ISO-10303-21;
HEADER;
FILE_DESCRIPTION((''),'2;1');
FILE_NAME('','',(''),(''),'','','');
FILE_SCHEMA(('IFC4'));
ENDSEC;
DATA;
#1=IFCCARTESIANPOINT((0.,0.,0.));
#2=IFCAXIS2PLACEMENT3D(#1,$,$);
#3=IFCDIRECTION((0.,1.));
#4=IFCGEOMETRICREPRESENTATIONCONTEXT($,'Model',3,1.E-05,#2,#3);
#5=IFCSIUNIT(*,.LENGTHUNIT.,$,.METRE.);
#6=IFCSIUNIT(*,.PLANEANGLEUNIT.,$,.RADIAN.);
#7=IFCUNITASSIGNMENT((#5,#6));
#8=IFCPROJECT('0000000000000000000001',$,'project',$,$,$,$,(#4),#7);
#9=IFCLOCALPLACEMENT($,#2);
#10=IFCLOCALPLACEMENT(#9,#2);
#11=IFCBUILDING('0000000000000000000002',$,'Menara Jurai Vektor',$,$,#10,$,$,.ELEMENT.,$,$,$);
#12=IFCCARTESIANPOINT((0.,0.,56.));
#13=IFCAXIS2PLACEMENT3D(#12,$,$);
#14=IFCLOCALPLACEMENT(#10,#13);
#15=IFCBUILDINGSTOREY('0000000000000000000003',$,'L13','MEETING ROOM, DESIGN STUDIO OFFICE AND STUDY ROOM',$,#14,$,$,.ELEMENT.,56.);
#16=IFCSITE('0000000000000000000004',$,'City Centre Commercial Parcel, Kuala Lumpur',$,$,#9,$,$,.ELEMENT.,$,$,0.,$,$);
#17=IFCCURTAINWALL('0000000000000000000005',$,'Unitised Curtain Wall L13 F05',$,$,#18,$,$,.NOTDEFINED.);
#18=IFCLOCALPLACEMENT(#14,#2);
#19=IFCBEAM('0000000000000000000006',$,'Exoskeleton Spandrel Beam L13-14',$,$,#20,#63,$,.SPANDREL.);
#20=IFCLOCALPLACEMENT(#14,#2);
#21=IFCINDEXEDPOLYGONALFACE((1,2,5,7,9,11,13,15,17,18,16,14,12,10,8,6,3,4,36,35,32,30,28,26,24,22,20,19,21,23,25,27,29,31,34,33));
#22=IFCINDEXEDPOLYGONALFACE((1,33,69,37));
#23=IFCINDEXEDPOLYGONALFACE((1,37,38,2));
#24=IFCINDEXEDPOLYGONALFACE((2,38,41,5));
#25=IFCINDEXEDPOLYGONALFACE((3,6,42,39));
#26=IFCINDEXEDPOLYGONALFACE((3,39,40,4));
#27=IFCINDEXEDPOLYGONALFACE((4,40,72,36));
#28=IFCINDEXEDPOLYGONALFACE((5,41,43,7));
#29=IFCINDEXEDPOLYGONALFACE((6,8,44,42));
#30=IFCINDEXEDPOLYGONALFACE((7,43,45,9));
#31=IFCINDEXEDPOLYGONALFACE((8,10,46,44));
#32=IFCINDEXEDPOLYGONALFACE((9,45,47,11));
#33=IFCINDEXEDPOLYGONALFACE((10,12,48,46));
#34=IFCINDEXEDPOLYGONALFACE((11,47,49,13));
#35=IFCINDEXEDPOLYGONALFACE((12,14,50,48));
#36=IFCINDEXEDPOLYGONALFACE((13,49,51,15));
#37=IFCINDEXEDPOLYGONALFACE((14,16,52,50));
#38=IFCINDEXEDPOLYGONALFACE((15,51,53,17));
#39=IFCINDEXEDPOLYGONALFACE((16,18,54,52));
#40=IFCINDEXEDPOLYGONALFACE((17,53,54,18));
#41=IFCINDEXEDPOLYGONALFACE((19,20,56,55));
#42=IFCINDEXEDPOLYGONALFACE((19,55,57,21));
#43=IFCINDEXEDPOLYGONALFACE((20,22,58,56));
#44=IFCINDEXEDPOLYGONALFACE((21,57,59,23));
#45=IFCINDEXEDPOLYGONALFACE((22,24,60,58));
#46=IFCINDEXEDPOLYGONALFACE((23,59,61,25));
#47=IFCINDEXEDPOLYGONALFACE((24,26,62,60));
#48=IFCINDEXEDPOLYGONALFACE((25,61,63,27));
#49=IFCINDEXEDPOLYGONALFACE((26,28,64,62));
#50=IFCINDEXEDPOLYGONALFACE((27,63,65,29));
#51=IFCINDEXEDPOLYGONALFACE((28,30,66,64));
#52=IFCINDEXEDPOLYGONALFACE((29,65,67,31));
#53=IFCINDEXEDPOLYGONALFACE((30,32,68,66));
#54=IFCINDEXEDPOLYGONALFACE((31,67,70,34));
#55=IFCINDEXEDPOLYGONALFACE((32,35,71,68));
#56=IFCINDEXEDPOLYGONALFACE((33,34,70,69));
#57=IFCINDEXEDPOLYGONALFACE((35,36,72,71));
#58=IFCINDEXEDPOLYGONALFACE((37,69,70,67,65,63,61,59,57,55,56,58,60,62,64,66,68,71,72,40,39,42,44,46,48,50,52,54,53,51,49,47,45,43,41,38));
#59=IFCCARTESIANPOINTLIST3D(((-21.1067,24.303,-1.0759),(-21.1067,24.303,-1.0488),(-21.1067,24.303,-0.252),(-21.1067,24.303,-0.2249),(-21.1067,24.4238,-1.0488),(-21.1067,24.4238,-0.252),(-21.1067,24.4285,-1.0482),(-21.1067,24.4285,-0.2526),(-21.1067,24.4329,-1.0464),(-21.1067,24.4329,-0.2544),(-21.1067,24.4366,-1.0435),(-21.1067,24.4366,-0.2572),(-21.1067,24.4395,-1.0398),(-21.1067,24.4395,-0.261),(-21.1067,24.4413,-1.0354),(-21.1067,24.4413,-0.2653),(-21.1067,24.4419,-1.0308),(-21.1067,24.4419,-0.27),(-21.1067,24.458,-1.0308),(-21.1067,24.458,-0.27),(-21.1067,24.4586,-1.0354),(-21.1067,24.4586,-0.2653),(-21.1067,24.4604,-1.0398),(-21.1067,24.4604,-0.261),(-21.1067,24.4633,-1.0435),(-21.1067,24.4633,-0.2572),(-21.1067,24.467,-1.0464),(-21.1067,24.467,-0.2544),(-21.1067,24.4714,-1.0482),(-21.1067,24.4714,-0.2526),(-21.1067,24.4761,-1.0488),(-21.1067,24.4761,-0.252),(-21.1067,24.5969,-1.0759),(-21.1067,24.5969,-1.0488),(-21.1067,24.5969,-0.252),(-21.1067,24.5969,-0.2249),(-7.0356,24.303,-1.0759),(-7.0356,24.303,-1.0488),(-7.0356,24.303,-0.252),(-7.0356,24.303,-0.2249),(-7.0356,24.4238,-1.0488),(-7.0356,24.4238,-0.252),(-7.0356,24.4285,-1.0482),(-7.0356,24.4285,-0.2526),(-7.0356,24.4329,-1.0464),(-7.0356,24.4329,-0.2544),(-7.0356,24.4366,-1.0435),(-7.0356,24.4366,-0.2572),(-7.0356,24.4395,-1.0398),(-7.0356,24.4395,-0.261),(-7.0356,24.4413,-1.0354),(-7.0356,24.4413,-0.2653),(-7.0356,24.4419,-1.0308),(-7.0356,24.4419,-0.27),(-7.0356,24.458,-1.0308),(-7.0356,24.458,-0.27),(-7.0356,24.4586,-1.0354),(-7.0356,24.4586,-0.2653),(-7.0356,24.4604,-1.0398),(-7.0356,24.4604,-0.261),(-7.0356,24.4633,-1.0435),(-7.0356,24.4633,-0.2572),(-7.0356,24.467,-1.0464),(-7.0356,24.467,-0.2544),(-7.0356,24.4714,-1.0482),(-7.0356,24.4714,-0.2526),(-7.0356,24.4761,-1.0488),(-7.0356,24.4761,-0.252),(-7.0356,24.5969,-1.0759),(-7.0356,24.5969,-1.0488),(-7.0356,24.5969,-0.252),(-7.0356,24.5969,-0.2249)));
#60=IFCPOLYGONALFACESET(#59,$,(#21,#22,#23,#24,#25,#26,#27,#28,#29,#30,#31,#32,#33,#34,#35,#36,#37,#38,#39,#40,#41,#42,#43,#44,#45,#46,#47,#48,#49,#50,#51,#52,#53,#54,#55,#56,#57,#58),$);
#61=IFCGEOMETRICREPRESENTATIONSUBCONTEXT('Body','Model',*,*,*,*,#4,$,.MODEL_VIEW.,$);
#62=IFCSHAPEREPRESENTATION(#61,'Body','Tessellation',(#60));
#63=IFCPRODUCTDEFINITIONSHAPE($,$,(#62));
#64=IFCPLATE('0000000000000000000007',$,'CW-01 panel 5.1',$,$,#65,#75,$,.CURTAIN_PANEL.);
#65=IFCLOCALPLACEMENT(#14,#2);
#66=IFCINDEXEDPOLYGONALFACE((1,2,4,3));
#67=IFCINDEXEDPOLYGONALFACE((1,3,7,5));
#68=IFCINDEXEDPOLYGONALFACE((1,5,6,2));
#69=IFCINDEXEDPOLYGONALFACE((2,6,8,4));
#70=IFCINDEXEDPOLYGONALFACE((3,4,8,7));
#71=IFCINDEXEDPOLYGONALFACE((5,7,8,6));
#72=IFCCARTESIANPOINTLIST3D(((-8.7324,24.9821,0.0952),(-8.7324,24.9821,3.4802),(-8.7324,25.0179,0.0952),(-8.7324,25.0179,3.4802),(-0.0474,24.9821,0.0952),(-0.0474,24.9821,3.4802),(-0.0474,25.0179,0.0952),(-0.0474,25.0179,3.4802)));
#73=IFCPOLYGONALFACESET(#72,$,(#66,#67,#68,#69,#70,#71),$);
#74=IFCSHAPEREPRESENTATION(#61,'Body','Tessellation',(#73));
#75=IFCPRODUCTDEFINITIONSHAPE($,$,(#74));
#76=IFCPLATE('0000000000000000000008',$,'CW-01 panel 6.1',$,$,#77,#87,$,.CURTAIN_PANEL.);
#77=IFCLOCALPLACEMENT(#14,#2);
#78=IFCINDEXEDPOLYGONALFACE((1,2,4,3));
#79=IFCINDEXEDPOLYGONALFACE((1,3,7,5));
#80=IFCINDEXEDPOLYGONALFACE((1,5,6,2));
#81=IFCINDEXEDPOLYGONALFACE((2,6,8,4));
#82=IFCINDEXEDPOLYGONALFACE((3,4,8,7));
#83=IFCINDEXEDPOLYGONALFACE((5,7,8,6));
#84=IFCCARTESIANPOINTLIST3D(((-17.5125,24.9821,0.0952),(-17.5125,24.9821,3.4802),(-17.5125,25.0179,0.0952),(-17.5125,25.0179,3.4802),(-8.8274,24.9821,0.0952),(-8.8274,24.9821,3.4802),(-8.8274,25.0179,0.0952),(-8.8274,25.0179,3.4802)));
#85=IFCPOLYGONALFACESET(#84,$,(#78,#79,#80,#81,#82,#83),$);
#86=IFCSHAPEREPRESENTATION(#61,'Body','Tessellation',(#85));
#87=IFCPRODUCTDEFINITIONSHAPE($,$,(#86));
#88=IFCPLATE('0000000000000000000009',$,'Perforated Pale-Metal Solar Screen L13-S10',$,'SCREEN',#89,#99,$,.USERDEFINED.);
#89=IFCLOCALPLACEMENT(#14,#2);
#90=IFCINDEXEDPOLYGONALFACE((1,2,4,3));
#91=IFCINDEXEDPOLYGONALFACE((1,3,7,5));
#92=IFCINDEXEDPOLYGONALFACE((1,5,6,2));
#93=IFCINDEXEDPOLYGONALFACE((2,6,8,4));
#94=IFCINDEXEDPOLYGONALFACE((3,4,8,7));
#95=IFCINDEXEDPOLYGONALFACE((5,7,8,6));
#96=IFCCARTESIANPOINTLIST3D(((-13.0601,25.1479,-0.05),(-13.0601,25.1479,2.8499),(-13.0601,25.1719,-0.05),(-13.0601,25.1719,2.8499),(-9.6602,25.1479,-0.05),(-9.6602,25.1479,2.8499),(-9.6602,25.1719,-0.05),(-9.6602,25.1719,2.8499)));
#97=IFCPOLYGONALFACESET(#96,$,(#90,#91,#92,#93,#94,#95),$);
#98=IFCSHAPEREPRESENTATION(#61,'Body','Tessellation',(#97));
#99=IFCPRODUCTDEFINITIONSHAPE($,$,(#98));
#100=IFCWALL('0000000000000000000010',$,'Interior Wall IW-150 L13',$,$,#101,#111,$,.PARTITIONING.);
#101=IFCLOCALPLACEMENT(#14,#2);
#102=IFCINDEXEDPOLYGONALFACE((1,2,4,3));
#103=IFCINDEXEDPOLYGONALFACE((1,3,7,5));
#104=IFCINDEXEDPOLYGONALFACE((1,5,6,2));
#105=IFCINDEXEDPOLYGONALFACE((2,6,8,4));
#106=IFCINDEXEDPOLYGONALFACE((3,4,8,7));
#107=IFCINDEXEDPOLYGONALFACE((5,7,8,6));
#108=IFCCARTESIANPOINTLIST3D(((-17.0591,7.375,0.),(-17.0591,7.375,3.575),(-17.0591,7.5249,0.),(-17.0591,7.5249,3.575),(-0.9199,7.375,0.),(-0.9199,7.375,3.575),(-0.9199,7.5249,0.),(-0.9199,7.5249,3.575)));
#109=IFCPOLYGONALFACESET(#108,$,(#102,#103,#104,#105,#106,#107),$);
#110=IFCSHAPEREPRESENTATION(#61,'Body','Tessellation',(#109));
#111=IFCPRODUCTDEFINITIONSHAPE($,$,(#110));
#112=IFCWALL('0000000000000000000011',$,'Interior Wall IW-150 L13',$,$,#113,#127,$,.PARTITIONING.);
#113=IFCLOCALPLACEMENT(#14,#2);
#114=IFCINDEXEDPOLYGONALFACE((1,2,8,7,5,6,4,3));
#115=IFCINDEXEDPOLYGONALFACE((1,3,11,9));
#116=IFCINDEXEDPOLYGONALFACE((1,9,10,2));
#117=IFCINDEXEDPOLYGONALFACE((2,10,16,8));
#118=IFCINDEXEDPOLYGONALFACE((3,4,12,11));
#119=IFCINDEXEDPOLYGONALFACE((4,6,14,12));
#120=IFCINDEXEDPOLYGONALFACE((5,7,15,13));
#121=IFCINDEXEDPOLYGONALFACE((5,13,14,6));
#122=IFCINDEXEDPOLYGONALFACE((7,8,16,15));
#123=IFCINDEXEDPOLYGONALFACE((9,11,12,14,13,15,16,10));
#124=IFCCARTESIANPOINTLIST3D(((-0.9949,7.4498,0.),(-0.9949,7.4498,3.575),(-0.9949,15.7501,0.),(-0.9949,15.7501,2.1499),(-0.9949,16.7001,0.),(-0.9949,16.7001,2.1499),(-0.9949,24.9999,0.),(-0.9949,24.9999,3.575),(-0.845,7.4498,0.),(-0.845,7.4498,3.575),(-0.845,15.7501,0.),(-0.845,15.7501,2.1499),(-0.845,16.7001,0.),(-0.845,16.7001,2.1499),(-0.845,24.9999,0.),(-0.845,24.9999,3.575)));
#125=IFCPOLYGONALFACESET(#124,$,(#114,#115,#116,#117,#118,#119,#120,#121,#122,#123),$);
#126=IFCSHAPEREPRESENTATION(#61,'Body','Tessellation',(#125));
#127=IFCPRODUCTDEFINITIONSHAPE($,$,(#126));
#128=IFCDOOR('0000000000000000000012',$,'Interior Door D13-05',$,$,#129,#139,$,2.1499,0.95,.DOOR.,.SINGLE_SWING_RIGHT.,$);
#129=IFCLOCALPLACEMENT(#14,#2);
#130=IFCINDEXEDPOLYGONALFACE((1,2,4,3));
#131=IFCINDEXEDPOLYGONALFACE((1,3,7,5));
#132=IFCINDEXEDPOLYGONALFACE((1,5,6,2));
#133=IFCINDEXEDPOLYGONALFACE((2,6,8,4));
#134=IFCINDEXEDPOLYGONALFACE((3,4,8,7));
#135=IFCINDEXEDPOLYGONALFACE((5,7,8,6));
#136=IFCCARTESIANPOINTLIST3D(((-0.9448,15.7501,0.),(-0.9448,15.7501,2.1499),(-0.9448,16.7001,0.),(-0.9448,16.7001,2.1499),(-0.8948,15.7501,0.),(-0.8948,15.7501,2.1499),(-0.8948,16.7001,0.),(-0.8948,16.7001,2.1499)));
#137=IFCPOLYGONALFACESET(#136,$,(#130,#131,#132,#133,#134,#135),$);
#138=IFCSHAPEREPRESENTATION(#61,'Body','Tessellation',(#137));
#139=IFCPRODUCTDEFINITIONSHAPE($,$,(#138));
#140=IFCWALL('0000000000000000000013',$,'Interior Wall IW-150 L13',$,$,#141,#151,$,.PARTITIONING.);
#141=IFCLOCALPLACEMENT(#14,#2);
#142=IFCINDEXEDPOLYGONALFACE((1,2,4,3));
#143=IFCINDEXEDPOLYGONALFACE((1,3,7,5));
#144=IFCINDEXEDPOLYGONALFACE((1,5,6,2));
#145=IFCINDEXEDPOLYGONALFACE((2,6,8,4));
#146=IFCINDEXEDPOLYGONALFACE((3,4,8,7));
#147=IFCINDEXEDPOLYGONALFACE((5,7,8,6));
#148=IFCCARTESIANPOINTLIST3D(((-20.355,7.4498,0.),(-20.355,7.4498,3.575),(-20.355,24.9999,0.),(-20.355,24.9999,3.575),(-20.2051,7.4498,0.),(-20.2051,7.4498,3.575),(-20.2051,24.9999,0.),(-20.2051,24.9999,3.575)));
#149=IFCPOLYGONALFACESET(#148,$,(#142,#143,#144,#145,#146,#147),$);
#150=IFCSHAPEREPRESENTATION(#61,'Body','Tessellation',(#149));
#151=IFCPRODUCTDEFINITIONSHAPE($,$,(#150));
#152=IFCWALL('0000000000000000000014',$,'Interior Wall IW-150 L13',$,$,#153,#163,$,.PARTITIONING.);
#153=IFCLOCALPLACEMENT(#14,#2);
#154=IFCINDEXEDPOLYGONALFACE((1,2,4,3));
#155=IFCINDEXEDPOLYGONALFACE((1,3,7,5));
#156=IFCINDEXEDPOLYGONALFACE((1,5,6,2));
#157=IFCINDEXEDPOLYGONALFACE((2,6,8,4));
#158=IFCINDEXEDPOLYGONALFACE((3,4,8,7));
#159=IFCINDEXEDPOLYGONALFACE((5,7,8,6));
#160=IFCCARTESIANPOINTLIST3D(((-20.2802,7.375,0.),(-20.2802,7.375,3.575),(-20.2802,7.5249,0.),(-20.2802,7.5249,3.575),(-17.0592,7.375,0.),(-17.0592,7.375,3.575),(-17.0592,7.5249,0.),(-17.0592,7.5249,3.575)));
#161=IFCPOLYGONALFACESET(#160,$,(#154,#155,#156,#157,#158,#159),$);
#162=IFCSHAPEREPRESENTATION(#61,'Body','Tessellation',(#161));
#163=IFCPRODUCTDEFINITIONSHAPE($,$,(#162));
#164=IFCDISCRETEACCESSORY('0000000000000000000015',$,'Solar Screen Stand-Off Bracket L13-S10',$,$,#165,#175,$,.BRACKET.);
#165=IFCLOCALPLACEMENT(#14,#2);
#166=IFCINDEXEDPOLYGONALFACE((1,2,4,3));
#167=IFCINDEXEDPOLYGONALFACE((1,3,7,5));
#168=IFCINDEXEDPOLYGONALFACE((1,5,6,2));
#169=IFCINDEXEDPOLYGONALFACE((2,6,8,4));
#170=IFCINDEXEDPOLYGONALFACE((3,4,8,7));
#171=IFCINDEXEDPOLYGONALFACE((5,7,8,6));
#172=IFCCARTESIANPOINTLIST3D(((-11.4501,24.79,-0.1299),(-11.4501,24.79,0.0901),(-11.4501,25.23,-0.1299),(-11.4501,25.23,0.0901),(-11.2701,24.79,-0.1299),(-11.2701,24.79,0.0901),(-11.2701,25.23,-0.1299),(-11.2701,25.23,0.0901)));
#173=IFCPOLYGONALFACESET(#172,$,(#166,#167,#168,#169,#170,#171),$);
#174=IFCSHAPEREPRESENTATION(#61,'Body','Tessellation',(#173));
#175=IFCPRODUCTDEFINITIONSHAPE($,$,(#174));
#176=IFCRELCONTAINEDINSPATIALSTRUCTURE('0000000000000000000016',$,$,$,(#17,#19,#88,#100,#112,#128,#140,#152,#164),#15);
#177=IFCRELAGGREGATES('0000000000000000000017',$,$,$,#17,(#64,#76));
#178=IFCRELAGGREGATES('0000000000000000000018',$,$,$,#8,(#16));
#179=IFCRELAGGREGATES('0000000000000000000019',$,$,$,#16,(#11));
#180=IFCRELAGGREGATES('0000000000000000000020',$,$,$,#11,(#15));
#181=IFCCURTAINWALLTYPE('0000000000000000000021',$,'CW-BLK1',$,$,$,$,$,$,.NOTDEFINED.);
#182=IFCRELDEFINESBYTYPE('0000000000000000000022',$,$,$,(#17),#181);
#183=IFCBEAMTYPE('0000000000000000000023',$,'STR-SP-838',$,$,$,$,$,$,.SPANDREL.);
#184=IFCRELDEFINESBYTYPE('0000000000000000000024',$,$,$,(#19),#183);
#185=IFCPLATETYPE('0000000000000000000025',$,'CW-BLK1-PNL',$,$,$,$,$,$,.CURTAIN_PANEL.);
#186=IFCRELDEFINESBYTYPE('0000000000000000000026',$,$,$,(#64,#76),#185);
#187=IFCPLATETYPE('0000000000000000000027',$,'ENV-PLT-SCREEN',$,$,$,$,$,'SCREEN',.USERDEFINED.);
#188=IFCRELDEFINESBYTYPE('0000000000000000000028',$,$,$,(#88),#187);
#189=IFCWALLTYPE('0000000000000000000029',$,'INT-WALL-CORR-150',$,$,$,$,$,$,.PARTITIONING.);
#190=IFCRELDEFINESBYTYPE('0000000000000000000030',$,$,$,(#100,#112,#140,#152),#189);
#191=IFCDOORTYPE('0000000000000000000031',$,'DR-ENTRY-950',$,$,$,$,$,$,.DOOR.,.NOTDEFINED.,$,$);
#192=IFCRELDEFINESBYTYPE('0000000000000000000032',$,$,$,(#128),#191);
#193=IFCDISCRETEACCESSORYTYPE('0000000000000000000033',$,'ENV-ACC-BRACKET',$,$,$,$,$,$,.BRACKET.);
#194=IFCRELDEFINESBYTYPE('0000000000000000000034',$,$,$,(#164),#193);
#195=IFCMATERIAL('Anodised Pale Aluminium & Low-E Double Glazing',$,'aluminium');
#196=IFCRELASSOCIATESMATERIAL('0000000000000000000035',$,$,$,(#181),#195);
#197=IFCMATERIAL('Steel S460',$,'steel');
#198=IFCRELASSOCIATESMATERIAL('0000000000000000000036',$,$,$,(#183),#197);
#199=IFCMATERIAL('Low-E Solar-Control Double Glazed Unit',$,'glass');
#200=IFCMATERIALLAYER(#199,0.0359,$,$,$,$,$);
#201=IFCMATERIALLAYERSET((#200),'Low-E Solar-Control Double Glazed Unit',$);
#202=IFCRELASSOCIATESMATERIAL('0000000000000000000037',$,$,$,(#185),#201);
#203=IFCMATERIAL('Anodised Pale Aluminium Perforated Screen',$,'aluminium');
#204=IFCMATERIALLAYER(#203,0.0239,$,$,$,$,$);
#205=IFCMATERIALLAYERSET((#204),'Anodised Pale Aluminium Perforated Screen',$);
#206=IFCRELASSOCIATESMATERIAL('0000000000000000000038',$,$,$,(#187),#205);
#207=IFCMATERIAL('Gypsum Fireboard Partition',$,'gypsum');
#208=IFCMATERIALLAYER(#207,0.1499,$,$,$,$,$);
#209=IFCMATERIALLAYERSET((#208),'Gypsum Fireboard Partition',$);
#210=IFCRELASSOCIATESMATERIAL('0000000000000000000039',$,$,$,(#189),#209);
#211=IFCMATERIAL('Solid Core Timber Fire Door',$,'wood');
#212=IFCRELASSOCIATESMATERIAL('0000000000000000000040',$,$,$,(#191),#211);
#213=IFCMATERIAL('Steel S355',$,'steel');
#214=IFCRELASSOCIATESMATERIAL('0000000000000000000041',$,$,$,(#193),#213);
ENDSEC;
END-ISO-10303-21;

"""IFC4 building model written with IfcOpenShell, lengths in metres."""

from ifc_helpers import new_model, si_unit, direction, frame, frame_2d, origin, origin_2d, place, context, subcontext, project, spatial, rectangle, i_section, extrude, material, layer, layer_set, material_profile, profile_set, type_object, element, fill, aggregate, save


model = new_model("IFC4")

# Units and contexts
model_context = context("Model", 3, precision=1e-05, world=origin(), true_north=direction((0.0, 1.0)))
body_context = subcontext(model_context, "Body", "Model", "MODEL_VIEW")
ifc_project = project(units=[si_unit("LENGTHUNIT", "METRE"), si_unit("PLANEANGLEUNIT", "RADIAN")], contexts=[model_context])

# Site, building, storey
site_placement = place(None, origin())
site = spatial("IfcSite", under=ifc_project, at=site_placement, Name="City Centre Commercial Parcel, Kuala Lumpur", CompositionType="ELEMENT", RefElevation=0.0)
building_placement = place(site_placement, origin())
building = spatial("IfcBuilding", under=site, at=building_placement, Name="Menara Jurai Vektor", CompositionType="ELEMENT")
storey_placement = place(building_placement, frame((0.0, 0.0, 56.0)))
storey = spatial("IfcBuildingStorey", under=building, at=storey_placement, Name="L13", Description="MEETING ROOM, DESIGN STUDIO OFFICE AND STUDY ROOM", CompositionType="ELEMENT", Elevation=56.0)

# Shared definitions
ifc_material_1 = material(Name="Steel S460", Category="steel")

# Curtain wall
ifc_material_2 = material(Name="Anodised Pale Aluminium & Low-E Double Glazing", Category="aluminium")
curtain_wall_type = type_object("IfcCurtainWallType", Name="CW-BLK1", PredefinedType="NOTDEFINED", material=ifc_material_2)
curtain_wall_placement = place(storey_placement, origin())
curtain_wall = element("IfcCurtainWall", 1, at=curtain_wall_placement, inside=storey, type_object=curtain_wall_type, Name="Unitised Curtain Wall L13 F05", PredefinedType="NOTDEFINED")

# Beam
ifc_material_3 = material(Name="Steel S355", Category="steel")
ifc_material_profile_1 = material_profile(ifc_material_1, i_section(OverallWidth=0.2939, OverallDepth=0.8511, WebThickness=0.0161, FlangeThickness=0.0271, FilletRadius=0.0181, at=origin_2d()), Name="UKB 838x292x226")
ifc_profile_set_1 = profile_set([ifc_material_profile_1], Name="Steel S460")
beam_type_1 = type_object("IfcBeamType", Name="STR-SP-838", PredefinedType="SPANDREL", material=ifc_profile_set_1)
beam_1_placement = place(storey_placement, frame((-7.0356, 24.45, -0.6504), z_axis=(-1.0, 0.0, 0.0), x_axis=(0.0, -1.0, 0.0)))
element("IfcBeam", 2, at=beam_1_placement, inside=storey, type_object=beam_type_1, Name="Exoskeleton Spandrel Beam L13-14", PredefinedType="SPANDREL", context=body_context, shape_type="SweptSolid", body=[
    extrude(i_section(OverallWidth=0.2939, OverallDepth=0.8511, WebThickness=0.0161, FlangeThickness=0.0271, FilletRadius=0.0181, at=origin_2d()), origin(), (0.0, 0.0, 1.0), 14.071),
])

# Plates
ifc_material_4 = material(Name="Low-E Solar-Control Double Glazed Unit", Category="glass")
ifc_layer_1 = layer(ifc_material_4, 0.0359)
ifc_layer_set_1 = layer_set([ifc_layer_1], Name="Low-E Solar-Control Double Glazed Unit")
plate_type_1 = type_object("IfcPlateType", Name="CW-BLK1-PNL", PredefinedType="CURTAIN_PANEL", material=ifc_layer_set_1)
plate_1_placement = place(storey_placement, frame((-4.3899, 25.0, 0.0952), z_axis=(0.0, 0.0, 1.0), x_axis=(-1.0, 0.0, 0.0)))
plate_1 = element("IfcPlate", 3, at=plate_1_placement, type_object=plate_type_1, Name="CW-01 panel 5.1", PredefinedType="CURTAIN_PANEL", context=body_context, shape_type="SweptSolid", body=[
    extrude(rectangle(XDim=8.6851, YDim=0.0359, at=origin_2d()), origin(), (0.0, 0.0, 1.0), 3.385),
])
plate_2_placement = place(storey_placement, frame((-13.1699, 25.0, 0.0952), z_axis=(0.0, 0.0, 1.0), x_axis=(-1.0, 0.0, 0.0)))
plate_2 = element("IfcPlate", 4, at=plate_2_placement, type_object=plate_type_1, Name="CW-01 panel 6.1", PredefinedType="CURTAIN_PANEL", context=body_context, shape_type="SweptSolid", body=[
    extrude(rectangle(XDim=8.6851, YDim=0.0359, at=origin_2d()), origin(), (0.0, 0.0, 1.0), 3.385),
])
aggregate(curtain_wall, [plate_1, plate_2])
ifc_material_5 = material(Name="Anodised Pale Aluminium Perforated Screen", Category="aluminium")
ifc_layer_2 = layer(ifc_material_5, 0.0239)
ifc_layer_set_2 = layer_set([ifc_layer_2], Name="Anodised Pale Aluminium Perforated Screen")
plate_type_2 = type_object("IfcPlateType", Name="ENV-PLT-SCREEN", ElementType="SCREEN", PredefinedType="USERDEFINED", material=ifc_layer_set_2)
plate_3_placement = place(storey_placement, frame((-11.3601, 25.1599, -0.05), z_axis=(0.0, 0.0, 1.0), x_axis=(-1.0, 0.0, 0.0)))
element("IfcPlate", 5, at=plate_3_placement, inside=storey, type_object=plate_type_2, Name="Perforated Pale-Metal Solar Screen L13-S10", ObjectType="SCREEN", PredefinedType="USERDEFINED", context=body_context, shape_type="SweptSolid", body=[
    extrude(rectangle(XDim=3.3999, YDim=0.0239, at=origin_2d()), origin(), (0.0, 0.0, 1.0), 2.8999),
])

# Wall
ifc_material_6 = material(Name="Gypsum Fireboard Partition", Category="gypsum")
ifc_layer_3 = layer(ifc_material_6, 0.1499)
ifc_layer_set_3 = layer_set([ifc_layer_3], Name="Gypsum Fireboard Partition")
wall_type = type_object("IfcWallType", Name="INT-WALL-CORR-150", PredefinedType="PARTITIONING", material=ifc_layer_set_3)
wall_1_placement = place(storey_placement, frame((-17.0591, 7.45, 0.0), z_axis=(0.0, 0.0, 1.0), x_axis=(1.0, 0.0, 0.0)))
element("IfcWall", 6, at=wall_1_placement, inside=storey, type_object=wall_type, Name="Interior Wall IW-150 L13", PredefinedType="PARTITIONING", context=body_context, shape_type="SweptSolid", body=[
    extrude(rectangle(XDim=16.1392, YDim=0.1499, at=frame_2d((8.0696, 0.0))), origin(), (0.0, 0.0, 1.0), 3.575),
])

# Wall, opening, door
wall_2_placement = place(storey_placement, frame((-0.9199, 7.45, 0.0), z_axis=(0.0, 0.0, 1.0), x_axis=(0.0, 1.0, 0.0)))
wall_2 = element("IfcWall", 7, at=wall_2_placement, inside=storey, type_object=wall_type, Name="Interior Wall IW-150 L13", PredefinedType="PARTITIONING", context=body_context, shape_type="SweptSolid", body=[
    extrude(rectangle(XDim=17.55, YDim=0.1499, at=frame_2d((8.7749, 0.0))), origin(), (0.0, 0.0, 1.0), 3.575),
])
opening_placement = place(wall_2_placement, frame((8.3, 0.0, 0.0)))
opening = element("IfcOpeningElement", 8, at=opening_placement, cuts=wall_2, PredefinedType="OPENING", context=body_context, shape_type="SweptSolid", body=[
    extrude(rectangle(XDim=0.95, YDim=2.1499, at=frame_2d((0.4751, 1.075))), frame((0.0, 0.085, 0.0), z_axis=(0.0, -1.0, 0.0), x_axis=(1.0, 0.0, 0.0)), (0.0, 0.0, 1.0), 0.1699),
])
ifc_material_7 = material(Name="Solid Core Timber Fire Door", Category="wood")
door_type = type_object("IfcDoorType", Name="DR-ENTRY-950", OperationType="NOTDEFINED", PredefinedType="DOOR", material=ifc_material_7)
door_placement = place(opening_placement, origin())
door = element("IfcDoor", 9, at=door_placement, inside=storey, type_object=door_type, Name="Interior Door D13-05", OperationType="SINGLE_SWING_RIGHT", OverallHeight=2.1499, OverallWidth=0.95, PredefinedType="DOOR", context=body_context, shape_type="SweptSolid", body=[
    extrude(rectangle(XDim=0.95, YDim=2.1499, at=frame_2d((0.4751, 1.075))), frame((0.0, 0.0249, 0.0), z_axis=(0.0, -1.0, 0.0), x_axis=(1.0, 0.0, 0.0)), (0.0, 0.0, 1.0), 0.05),
])
fill(opening, door)

# Walls
wall_3_placement = place(storey_placement, frame((-20.28, 7.45, 0.0), z_axis=(0.0, 0.0, 1.0), x_axis=(0.0, 1.0, 0.0)))
element("IfcWall", 10, at=wall_3_placement, inside=storey, type_object=wall_type, Name="Interior Wall IW-150 L13", PredefinedType="PARTITIONING", context=body_context, shape_type="SweptSolid", body=[
    extrude(rectangle(XDim=17.55, YDim=0.1499, at=frame_2d((8.7749, 0.0))), origin(), (0.0, 0.0, 1.0), 3.575),
])
wall_4_placement = place(storey_placement, frame((-20.28, 7.45, 0.0), z_axis=(0.0, 0.0, 1.0), x_axis=(1.0, 0.0, 0.0)))
element("IfcWall", 11, at=wall_4_placement, inside=storey, type_object=wall_type, Name="Interior Wall IW-150 L13", PredefinedType="PARTITIONING", context=body_context, shape_type="SweptSolid", body=[
    extrude(rectangle(XDim=3.2209, YDim=0.1499, at=frame_2d((1.6104, 0.0))), origin(), (0.0, 0.0, 1.0), 3.575),
])

# Discrete accessory
discrete_accessory_type = type_object("IfcDiscreteAccessoryType", Name="ENV-ACC-BRACKET", PredefinedType="BRACKET", material=ifc_material_3)
discrete_accessory_placement = place(storey_placement, frame((-11.3601, 25.01, -0.1299), z_axis=(0.0, 0.0, 1.0), x_axis=(-1.0, 0.0, 0.0)))
element("IfcDiscreteAccessory", 12, at=discrete_accessory_placement, inside=storey, type_object=discrete_accessory_type, Name="Solar Screen Stand-Off Bracket L13-S10", PredefinedType="BRACKET", context=body_context, shape_type="SweptSolid", body=[
    extrude(rectangle(XDim=0.1799, YDim=0.4399, at=origin_2d()), origin(), (0.0, 0.0, 1.0), 0.22),
])

save(model, "model.ifc")
